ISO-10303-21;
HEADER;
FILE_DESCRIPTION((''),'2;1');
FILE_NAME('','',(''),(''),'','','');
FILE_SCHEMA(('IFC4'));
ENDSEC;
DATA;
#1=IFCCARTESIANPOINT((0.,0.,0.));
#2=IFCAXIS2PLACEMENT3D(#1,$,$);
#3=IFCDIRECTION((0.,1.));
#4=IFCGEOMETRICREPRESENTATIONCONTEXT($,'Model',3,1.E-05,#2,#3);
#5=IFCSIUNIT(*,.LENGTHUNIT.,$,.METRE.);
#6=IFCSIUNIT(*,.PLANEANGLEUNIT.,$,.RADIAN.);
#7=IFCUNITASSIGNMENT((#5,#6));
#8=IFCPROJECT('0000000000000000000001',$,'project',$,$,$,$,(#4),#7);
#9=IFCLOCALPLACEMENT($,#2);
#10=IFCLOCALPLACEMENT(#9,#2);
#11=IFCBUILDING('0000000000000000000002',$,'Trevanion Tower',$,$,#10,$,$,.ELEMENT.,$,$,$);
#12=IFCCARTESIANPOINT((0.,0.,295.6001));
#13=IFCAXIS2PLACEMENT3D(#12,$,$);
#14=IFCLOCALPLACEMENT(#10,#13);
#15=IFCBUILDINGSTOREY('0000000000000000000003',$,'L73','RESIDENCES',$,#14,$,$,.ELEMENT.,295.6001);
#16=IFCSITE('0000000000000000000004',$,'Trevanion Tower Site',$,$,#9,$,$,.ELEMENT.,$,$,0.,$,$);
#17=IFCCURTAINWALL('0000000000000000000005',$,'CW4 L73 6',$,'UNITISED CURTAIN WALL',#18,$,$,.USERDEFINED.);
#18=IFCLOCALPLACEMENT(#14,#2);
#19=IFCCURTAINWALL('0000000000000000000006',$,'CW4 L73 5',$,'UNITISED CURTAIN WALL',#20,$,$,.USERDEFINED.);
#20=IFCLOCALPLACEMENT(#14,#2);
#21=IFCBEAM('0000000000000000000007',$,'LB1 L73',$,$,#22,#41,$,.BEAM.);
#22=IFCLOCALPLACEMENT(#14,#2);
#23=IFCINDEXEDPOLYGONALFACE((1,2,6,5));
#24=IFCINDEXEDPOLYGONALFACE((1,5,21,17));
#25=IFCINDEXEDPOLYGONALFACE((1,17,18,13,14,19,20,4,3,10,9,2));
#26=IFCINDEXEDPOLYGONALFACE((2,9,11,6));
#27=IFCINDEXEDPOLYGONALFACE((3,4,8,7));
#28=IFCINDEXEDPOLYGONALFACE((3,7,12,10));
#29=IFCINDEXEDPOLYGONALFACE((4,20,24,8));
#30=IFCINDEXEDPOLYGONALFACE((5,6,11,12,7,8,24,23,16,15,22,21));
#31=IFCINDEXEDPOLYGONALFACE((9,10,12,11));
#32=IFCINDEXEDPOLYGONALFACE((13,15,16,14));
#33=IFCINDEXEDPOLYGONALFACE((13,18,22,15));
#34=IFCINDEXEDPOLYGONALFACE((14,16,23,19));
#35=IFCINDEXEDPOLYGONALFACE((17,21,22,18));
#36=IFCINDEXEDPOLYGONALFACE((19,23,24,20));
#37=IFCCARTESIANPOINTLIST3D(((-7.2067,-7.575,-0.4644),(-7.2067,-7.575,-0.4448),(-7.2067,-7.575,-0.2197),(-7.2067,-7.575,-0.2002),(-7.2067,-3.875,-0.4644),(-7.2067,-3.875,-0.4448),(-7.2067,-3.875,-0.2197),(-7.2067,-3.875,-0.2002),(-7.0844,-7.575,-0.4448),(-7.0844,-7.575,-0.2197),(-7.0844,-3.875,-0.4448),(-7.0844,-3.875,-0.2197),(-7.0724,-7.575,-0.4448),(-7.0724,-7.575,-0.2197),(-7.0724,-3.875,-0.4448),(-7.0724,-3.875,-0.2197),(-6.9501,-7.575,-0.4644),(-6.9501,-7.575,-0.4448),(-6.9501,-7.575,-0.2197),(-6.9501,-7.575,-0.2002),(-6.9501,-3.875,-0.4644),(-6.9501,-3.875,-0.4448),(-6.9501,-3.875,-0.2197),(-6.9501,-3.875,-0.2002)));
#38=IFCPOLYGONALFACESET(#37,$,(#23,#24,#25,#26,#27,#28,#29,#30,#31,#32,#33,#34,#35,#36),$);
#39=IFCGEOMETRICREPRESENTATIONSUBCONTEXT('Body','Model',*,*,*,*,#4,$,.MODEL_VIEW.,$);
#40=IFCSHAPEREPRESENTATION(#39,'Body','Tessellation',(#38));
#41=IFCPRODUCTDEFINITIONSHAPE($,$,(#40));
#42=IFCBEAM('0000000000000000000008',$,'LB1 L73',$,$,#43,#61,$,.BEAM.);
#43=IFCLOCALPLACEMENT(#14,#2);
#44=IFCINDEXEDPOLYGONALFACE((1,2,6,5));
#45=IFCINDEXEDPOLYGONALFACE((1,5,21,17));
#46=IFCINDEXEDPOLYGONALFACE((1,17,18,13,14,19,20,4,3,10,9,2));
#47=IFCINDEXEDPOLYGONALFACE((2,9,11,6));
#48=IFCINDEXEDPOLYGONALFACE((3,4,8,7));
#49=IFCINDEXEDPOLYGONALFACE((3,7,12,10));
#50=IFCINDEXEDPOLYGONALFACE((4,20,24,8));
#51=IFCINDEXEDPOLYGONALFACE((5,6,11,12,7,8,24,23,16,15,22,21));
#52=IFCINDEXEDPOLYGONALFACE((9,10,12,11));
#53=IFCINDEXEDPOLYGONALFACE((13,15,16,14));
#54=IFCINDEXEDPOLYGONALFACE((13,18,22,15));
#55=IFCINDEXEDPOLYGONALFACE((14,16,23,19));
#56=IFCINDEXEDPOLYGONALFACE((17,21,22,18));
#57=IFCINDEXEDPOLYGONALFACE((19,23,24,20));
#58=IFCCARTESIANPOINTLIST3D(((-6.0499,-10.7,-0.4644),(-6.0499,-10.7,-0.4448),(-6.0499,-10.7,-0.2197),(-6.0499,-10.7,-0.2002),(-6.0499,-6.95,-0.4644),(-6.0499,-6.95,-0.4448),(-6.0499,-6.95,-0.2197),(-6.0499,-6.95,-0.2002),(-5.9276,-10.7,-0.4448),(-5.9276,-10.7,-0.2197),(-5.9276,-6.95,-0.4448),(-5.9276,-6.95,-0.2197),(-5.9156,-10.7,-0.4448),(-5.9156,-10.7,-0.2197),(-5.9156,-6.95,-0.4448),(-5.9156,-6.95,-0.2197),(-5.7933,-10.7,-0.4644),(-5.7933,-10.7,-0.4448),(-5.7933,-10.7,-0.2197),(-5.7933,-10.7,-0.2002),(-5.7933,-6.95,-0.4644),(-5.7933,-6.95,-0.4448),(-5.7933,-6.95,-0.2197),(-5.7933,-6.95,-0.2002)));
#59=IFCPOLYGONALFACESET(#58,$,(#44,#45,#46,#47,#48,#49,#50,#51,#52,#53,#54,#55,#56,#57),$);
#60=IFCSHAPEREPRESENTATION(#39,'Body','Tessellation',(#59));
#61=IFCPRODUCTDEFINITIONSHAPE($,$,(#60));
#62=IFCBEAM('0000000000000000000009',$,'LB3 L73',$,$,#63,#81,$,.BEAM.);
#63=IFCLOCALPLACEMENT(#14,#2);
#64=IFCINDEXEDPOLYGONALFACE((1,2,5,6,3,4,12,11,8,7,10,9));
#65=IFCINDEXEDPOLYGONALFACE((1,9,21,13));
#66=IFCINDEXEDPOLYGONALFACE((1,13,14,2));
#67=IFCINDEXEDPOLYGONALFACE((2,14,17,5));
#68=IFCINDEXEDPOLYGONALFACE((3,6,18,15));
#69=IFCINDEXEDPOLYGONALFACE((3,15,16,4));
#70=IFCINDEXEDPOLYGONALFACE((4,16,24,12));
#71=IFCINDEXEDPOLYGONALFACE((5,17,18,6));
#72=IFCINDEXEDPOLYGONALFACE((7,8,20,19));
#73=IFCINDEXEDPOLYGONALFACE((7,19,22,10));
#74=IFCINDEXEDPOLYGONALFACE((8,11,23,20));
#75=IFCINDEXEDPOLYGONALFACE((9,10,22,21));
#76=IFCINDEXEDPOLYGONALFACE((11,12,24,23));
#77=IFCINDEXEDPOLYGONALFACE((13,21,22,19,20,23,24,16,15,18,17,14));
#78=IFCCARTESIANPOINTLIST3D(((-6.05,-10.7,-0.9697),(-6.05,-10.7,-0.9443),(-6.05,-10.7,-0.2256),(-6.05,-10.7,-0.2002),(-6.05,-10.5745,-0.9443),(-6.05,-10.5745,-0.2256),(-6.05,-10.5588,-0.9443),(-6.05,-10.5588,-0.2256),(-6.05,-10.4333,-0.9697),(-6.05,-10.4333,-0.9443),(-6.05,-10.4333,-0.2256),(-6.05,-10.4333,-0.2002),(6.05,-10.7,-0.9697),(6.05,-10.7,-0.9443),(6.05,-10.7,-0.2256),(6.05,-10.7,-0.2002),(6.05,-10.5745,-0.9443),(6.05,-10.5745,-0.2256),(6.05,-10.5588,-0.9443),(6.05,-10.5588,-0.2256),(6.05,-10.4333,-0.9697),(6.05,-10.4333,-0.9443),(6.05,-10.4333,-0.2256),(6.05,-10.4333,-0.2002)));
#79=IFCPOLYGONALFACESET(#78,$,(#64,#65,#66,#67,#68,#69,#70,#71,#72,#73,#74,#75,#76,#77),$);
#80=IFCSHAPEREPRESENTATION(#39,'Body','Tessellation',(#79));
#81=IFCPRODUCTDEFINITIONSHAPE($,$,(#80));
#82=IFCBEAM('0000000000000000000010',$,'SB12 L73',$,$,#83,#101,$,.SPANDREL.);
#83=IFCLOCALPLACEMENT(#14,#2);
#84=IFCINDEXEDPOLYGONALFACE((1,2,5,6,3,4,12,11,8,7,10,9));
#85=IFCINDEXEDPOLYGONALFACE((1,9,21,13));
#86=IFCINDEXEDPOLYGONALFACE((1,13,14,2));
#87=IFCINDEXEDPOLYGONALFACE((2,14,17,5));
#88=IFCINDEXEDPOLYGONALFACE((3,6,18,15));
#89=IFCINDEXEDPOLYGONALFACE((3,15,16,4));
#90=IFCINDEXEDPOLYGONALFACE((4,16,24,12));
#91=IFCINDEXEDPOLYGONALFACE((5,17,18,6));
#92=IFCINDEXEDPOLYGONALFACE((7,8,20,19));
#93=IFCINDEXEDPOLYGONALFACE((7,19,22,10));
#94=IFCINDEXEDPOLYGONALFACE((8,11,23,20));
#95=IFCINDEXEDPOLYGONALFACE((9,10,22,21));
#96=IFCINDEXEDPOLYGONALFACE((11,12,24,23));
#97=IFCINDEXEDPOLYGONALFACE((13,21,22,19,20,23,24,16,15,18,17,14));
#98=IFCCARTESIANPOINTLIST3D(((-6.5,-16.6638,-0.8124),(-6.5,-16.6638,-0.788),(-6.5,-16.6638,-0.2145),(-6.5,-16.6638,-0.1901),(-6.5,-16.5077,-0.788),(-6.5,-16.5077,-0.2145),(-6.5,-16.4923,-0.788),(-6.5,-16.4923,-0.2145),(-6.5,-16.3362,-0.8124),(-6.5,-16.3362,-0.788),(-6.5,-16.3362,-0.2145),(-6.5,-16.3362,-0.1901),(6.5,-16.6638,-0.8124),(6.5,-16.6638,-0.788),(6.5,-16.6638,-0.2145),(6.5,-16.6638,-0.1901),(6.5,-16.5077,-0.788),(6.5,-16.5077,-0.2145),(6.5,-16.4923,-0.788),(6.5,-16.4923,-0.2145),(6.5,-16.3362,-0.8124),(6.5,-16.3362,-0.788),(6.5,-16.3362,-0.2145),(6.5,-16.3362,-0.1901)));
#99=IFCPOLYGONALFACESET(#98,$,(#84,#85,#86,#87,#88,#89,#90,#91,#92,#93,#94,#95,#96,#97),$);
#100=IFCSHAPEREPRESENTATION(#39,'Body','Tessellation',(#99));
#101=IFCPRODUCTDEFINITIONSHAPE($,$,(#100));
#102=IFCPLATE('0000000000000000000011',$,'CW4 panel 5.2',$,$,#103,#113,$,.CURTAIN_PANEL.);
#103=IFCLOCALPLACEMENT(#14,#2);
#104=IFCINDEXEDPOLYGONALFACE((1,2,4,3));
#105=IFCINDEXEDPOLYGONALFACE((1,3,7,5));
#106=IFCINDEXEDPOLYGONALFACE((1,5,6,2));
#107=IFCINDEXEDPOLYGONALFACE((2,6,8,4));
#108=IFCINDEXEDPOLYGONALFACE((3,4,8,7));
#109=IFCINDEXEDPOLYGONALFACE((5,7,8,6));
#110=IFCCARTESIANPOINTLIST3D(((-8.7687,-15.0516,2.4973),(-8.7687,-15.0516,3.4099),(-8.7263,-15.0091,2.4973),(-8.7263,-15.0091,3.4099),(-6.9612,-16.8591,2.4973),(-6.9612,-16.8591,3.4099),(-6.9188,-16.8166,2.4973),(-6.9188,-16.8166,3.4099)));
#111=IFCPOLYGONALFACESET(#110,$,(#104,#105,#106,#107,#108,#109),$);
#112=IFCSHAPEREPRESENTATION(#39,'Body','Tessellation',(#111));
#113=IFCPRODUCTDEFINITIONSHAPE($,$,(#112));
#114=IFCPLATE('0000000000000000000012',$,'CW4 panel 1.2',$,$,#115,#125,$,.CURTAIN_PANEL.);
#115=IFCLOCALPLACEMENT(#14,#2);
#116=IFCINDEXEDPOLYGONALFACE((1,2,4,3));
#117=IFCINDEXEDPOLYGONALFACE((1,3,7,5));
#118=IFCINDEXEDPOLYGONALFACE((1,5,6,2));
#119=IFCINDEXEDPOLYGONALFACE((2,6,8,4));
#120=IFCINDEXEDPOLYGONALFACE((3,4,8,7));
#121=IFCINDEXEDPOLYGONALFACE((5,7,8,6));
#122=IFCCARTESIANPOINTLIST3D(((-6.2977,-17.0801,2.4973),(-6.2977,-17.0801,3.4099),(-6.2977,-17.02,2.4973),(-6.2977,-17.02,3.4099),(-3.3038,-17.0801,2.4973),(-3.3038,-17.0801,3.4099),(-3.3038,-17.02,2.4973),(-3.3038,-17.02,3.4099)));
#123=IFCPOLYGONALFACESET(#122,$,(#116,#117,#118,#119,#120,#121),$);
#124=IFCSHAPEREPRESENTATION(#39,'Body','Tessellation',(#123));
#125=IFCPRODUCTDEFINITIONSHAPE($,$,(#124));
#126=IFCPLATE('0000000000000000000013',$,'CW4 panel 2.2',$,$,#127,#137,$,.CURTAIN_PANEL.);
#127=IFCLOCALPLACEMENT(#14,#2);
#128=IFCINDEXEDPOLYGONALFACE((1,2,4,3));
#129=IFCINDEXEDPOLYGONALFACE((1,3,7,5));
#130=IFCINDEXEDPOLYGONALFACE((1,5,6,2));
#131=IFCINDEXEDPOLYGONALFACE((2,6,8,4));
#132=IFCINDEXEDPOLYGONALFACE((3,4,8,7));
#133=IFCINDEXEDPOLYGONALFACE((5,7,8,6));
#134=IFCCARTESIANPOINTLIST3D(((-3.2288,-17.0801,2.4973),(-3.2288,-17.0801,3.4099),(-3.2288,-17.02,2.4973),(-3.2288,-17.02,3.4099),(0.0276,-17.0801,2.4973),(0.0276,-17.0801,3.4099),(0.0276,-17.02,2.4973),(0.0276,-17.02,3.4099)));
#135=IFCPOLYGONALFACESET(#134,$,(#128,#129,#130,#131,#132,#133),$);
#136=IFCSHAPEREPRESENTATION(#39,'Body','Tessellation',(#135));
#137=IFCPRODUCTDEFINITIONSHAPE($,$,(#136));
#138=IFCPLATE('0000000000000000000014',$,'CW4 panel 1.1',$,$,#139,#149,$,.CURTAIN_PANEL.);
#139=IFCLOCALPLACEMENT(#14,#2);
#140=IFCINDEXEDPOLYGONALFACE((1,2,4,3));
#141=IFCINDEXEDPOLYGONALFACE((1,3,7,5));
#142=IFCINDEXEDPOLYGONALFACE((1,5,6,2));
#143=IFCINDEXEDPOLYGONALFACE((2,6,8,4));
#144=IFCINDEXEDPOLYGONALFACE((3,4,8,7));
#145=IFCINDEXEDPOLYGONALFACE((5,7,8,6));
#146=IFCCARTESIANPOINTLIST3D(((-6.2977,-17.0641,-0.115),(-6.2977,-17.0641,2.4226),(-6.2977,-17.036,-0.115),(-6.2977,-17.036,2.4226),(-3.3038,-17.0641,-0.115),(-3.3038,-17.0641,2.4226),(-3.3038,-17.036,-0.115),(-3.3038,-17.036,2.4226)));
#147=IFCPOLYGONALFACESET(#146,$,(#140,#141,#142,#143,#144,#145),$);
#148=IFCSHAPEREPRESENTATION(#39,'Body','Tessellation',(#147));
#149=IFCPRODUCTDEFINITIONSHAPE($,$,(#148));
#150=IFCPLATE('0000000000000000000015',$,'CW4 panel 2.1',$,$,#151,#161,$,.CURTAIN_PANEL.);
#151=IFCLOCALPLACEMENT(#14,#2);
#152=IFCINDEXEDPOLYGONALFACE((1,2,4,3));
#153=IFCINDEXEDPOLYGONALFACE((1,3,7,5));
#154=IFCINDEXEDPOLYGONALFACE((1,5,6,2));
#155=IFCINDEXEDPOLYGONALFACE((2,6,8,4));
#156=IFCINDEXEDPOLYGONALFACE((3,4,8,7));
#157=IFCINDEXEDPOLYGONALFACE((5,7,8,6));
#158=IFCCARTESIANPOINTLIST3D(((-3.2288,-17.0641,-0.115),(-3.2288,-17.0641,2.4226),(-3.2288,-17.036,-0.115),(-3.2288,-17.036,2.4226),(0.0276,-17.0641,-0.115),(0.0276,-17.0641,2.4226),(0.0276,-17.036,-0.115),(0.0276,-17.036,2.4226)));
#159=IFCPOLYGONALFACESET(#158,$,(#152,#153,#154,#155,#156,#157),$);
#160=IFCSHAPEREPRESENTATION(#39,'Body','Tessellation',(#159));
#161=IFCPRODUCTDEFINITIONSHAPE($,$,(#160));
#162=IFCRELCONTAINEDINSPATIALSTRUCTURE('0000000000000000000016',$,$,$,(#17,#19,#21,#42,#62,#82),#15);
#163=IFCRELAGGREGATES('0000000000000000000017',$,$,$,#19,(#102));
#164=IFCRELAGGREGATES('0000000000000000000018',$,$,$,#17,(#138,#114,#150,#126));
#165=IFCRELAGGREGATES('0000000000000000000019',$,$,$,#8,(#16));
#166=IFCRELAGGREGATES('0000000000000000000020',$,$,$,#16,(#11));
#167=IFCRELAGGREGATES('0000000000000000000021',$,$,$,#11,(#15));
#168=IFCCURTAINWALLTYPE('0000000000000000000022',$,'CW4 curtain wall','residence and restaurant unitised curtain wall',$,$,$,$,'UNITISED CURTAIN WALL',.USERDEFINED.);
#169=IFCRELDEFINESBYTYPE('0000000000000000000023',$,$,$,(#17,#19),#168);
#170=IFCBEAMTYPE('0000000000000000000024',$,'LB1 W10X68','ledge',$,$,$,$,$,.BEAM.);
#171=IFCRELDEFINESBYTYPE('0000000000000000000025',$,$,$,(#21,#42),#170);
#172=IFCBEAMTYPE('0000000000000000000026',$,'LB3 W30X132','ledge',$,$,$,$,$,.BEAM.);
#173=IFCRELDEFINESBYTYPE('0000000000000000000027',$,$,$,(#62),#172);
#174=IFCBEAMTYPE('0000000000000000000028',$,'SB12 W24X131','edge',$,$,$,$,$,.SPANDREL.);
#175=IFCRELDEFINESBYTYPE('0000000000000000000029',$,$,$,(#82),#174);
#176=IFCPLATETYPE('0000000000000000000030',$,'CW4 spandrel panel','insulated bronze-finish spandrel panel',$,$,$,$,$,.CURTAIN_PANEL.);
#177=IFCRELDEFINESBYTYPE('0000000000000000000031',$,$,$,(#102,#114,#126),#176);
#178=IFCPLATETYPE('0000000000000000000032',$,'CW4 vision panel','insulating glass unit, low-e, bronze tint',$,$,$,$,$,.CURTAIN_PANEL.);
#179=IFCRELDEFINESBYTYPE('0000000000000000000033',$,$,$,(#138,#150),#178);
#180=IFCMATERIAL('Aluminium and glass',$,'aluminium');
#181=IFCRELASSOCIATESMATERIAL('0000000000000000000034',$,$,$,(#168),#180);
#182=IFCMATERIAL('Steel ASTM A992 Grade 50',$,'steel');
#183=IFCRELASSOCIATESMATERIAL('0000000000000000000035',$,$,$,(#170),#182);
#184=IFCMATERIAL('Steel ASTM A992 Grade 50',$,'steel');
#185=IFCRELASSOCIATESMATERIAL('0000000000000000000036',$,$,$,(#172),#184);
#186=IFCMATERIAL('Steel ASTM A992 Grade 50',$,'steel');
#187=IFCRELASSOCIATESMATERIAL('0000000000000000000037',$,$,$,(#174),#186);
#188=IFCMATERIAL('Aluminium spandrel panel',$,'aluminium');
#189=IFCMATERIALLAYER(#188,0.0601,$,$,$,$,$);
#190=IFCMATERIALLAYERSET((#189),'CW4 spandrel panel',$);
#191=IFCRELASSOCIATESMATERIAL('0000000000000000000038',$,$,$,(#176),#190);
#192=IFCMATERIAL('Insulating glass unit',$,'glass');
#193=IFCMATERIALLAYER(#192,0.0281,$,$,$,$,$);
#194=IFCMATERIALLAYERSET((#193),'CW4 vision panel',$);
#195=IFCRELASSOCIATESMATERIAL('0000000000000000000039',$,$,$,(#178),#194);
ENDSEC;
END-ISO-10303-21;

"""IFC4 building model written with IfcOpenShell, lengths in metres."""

from ifc_helpers import new_model, si_unit, direction, frame, origin, origin_2d, place, context, subcontext, project, spatial, rectangle, i_section, extrude, material, layer, layer_set, material_profile, profile_set, type_object, element, aggregate, save


model = new_model("IFC4")

# Units and contexts
model_context = context("Model", 3, precision=1e-05, world=origin(), true_north=direction((0.0, 1.0)))
body_context = subcontext(model_context, "Body", "Model", "MODEL_VIEW")
ifc_project = project(units=[si_unit("LENGTHUNIT", "METRE"), si_unit("PLANEANGLEUNIT", "RADIAN")], contexts=[model_context])

# Site, building, storey
site_placement = place(None, origin())
site = spatial("IfcSite", under=ifc_project, at=site_placement, Name="Trevanion Tower Site", CompositionType="ELEMENT", RefElevation=0.0)
building_placement = place(site_placement, origin())
building = spatial("IfcBuilding", under=site, at=building_placement, Name="Trevanion Tower", CompositionType="ELEMENT")
storey_placement = place(building_placement, frame((0.0, 0.0, 295.6001)))
storey = spatial("IfcBuildingStorey", under=building, at=storey_placement, Name="L73", Description="RESIDENCES", CompositionType="ELEMENT", Elevation=295.6001)

# Curtain walls
ifc_material_1 = material(Name="Aluminium and glass", Category="aluminium")
curtain_wall_type = type_object("IfcCurtainWallType", Name="CW4 curtain wall", Description="residence and restaurant unitised curtain wall", ElementType="UNITISED CURTAIN WALL", PredefinedType="USERDEFINED", material=ifc_material_1)
curtain_wall_1_placement = place(storey_placement, origin())
curtain_wall_1 = element("IfcCurtainWall", 1, at=curtain_wall_1_placement, inside=storey, type_object=curtain_wall_type, Name="CW4 L73 6", ObjectType="UNITISED CURTAIN WALL", PredefinedType="USERDEFINED")
curtain_wall_2_placement = place(storey_placement, origin())
curtain_wall_2 = element("IfcCurtainWall", 2, at=curtain_wall_2_placement, inside=storey, type_object=curtain_wall_type, Name="CW4 L73 5", ObjectType="UNITISED CURTAIN WALL", PredefinedType="USERDEFINED")

# Beams
ifc_material_2 = material(Name="Steel ASTM A992 Grade 50", Category="steel")
ifc_material_profile_1 = material_profile(ifc_material_2, i_section(OverallWidth=0.2566, OverallDepth=0.2642, WebThickness=0.012, FlangeThickness=0.0195, at=origin_2d()), Name="W10X68")
ifc_profile_set_1 = profile_set([ifc_material_profile_1], Name="Steel ASTM A992 Grade 50")
beam_type_1 = type_object("IfcBeamType", Name="LB1 W10X68", Description="ledge", PredefinedType="BEAM", material=ifc_profile_set_1)
beam_1_placement = place(storey_placement, frame((-7.0784, -7.575, -0.3323), z_axis=(0.0, 1.0, 0.0), x_axis=(-1.0, 0.0, 0.0)))
element("IfcBeam", 3, at=beam_1_placement, inside=storey, type_object=beam_type_1, Name="LB1 L73", PredefinedType="BEAM", context=body_context, shape_type="SweptSolid", body=[
    extrude(i_section(OverallWidth=0.2566, OverallDepth=0.2642, WebThickness=0.012, FlangeThickness=0.0195, at=origin_2d()), origin(), (0.0, 0.0, 1.0), 3.7),
])
beam_2_placement = place(storey_placement, frame((-5.9216, -10.7, -0.3323), z_axis=(0.0, 1.0, 0.0), x_axis=(-1.0, 0.0, 0.0)))
element("IfcBeam", 4, at=beam_2_placement, inside=storey, type_object=beam_type_1, Name="LB1 L73", PredefinedType="BEAM", context=body_context, shape_type="SweptSolid", body=[
    extrude(i_section(OverallWidth=0.2566, OverallDepth=0.2642, WebThickness=0.012, FlangeThickness=0.0195, at=origin_2d()), origin(), (0.0, 0.0, 1.0), 3.75),
])
ifc_material_3 = material(Name="Steel ASTM A992 Grade 50", Category="steel")
ifc_material_profile_2 = material_profile(ifc_material_3, i_section(OverallWidth=0.2666, OverallDepth=0.7695, WebThickness=0.0156, FlangeThickness=0.0254, at=origin_2d()), Name="W30X132")
ifc_profile_set_2 = profile_set([ifc_material_profile_2], Name="Steel ASTM A992 Grade 50")
beam_type_2 = type_object("IfcBeamType", Name="LB3 W30X132", Description="ledge", PredefinedType="BEAM", material=ifc_profile_set_2)
beam_3_placement = place(storey_placement, frame((-6.05, -10.5667, -0.585), z_axis=(1.0, 0.0, 0.0), x_axis=(0.0, 1.0, 0.0)))
element("IfcBeam", 5, at=beam_3_placement, inside=storey, type_object=beam_type_2, Name="LB3 L73", PredefinedType="BEAM", context=body_context, shape_type="SweptSolid", body=[
    extrude(i_section(OverallWidth=0.2666, OverallDepth=0.7695, WebThickness=0.0156, FlangeThickness=0.0254, at=origin_2d()), origin(), (0.0, 0.0, 1.0), 12.1001),
])
ifc_material_4 = material(Name="Steel ASTM A992 Grade 50", Category="steel")
ifc_material_profile_3 = material_profile(ifc_material_4, i_section(OverallWidth=0.3276, OverallDepth=0.6223, WebThickness=0.0154, FlangeThickness=0.0244, at=origin_2d()), Name="W24X131")
ifc_profile_set_3 = profile_set([ifc_material_profile_3], Name="Steel ASTM A992 Grade 50")
beam_type_3 = type_object("IfcBeamType", Name="SB12 W24X131", Description="edge", PredefinedType="SPANDREL", material=ifc_profile_set_3)
beam_4_placement = place(storey_placement, frame((-6.5, -16.5, -0.5012), z_axis=(1.0, 0.0, 0.0), x_axis=(0.0, 1.0, 0.0)))
element("IfcBeam", 6, at=beam_4_placement, inside=storey, type_object=beam_type_3, Name="SB12 L73", PredefinedType="SPANDREL", context=body_context, shape_type="SweptSolid", body=[
    extrude(i_section(OverallWidth=0.3276, OverallDepth=0.6223, WebThickness=0.0154, FlangeThickness=0.0244, at=origin_2d()), origin(), (0.0, 0.0, 1.0), 13.0),
])

# Plates
ifc_material_5 = material(Name="Aluminium spandrel panel", Category="aluminium")
ifc_layer_1 = layer(ifc_material_5, 0.0601)
ifc_layer_set_1 = layer_set([ifc_layer_1], Name="CW4 spandrel panel")
plate_type_1 = type_object("IfcPlateType", Name="CW4 spandrel panel", Description="insulated bronze-finish spandrel panel", PredefinedType="CURTAIN_PANEL", material=ifc_layer_set_1)
plate_1_placement = place(storey_placement, frame((-7.8438, -15.9341, 2.4973), z_axis=(0.0, 0.0, 1.0), x_axis=(0.707107, -0.707107, 0.0)))
plate_1 = element("IfcPlate", 7, at=plate_1_placement, type_object=plate_type_1, Name="CW4 panel 5.2", PredefinedType="CURTAIN_PANEL", context=body_context, shape_type="SweptSolid", body=[
    extrude(rectangle(XDim=2.5562, YDim=0.0601, at=origin_2d()), origin(), (0.0, 0.0, 1.0), 0.9126),
])
aggregate(curtain_wall_2, [plate_1])
plate_2_placement = place(storey_placement, frame((-4.8008, -17.05, 2.4973), z_axis=(0.0, 0.0, 1.0), x_axis=(1.0, 0.0, 0.0)))
plate_2 = element("IfcPlate", 8, at=plate_2_placement, type_object=plate_type_1, Name="CW4 panel 1.2", PredefinedType="CURTAIN_PANEL", context=body_context, shape_type="SweptSolid", body=[
    extrude(rectangle(XDim=2.9939, YDim=0.0601, at=origin_2d()), origin(), (0.0, 0.0, 1.0), 0.9126),
])
plate_3_placement = place(storey_placement, frame((-1.6006, -17.05, 2.4973), z_axis=(0.0, 0.0, 1.0), x_axis=(1.0, 0.0, 0.0)))
plate_3 = element("IfcPlate", 9, at=plate_3_placement, type_object=plate_type_1, Name="CW4 panel 2.2", PredefinedType="CURTAIN_PANEL", context=body_context, shape_type="SweptSolid", body=[
    extrude(rectangle(XDim=3.2563, YDim=0.0601, at=origin_2d()), origin(), (0.0, 0.0, 1.0), 0.9126),
])
ifc_material_6 = material(Name="Insulating glass unit", Category="glass")
ifc_layer_2 = layer(ifc_material_6, 0.0281)
ifc_layer_set_2 = layer_set([ifc_layer_2], Name="CW4 vision panel")
plate_type_2 = type_object("IfcPlateType", Name="CW4 vision panel", Description="insulating glass unit, low-e, bronze tint", PredefinedType="CURTAIN_PANEL", material=ifc_layer_set_2)
plate_4_placement = place(storey_placement, frame((-4.8008, -17.05, -0.115), z_axis=(0.0, 0.0, 1.0), x_axis=(1.0, 0.0, 0.0)))
plate_4 = element("IfcPlate", 10, at=plate_4_placement, type_object=plate_type_2, Name="CW4 panel 1.1", PredefinedType="CURTAIN_PANEL", context=body_context, shape_type="SweptSolid", body=[
    extrude(rectangle(XDim=2.9939, YDim=0.0281, at=origin_2d()), origin(), (0.0, 0.0, 1.0), 2.5376),
])
plate_5_placement = place(storey_placement, frame((-1.6006, -17.05, -0.115), z_axis=(0.0, 0.0, 1.0), x_axis=(1.0, 0.0, 0.0)))
plate_5 = element("IfcPlate", 11, at=plate_5_placement, type_object=plate_type_2, Name="CW4 panel 2.1", PredefinedType="CURTAIN_PANEL", context=body_context, shape_type="SweptSolid", body=[
    extrude(rectangle(XDim=3.2563, YDim=0.0281, at=origin_2d()), origin(), (0.0, 0.0, 1.0), 2.5376),
])
aggregate(curtain_wall_1, [plate_4, plate_2, plate_5, plate_3])

save(model, "model.ifc")
